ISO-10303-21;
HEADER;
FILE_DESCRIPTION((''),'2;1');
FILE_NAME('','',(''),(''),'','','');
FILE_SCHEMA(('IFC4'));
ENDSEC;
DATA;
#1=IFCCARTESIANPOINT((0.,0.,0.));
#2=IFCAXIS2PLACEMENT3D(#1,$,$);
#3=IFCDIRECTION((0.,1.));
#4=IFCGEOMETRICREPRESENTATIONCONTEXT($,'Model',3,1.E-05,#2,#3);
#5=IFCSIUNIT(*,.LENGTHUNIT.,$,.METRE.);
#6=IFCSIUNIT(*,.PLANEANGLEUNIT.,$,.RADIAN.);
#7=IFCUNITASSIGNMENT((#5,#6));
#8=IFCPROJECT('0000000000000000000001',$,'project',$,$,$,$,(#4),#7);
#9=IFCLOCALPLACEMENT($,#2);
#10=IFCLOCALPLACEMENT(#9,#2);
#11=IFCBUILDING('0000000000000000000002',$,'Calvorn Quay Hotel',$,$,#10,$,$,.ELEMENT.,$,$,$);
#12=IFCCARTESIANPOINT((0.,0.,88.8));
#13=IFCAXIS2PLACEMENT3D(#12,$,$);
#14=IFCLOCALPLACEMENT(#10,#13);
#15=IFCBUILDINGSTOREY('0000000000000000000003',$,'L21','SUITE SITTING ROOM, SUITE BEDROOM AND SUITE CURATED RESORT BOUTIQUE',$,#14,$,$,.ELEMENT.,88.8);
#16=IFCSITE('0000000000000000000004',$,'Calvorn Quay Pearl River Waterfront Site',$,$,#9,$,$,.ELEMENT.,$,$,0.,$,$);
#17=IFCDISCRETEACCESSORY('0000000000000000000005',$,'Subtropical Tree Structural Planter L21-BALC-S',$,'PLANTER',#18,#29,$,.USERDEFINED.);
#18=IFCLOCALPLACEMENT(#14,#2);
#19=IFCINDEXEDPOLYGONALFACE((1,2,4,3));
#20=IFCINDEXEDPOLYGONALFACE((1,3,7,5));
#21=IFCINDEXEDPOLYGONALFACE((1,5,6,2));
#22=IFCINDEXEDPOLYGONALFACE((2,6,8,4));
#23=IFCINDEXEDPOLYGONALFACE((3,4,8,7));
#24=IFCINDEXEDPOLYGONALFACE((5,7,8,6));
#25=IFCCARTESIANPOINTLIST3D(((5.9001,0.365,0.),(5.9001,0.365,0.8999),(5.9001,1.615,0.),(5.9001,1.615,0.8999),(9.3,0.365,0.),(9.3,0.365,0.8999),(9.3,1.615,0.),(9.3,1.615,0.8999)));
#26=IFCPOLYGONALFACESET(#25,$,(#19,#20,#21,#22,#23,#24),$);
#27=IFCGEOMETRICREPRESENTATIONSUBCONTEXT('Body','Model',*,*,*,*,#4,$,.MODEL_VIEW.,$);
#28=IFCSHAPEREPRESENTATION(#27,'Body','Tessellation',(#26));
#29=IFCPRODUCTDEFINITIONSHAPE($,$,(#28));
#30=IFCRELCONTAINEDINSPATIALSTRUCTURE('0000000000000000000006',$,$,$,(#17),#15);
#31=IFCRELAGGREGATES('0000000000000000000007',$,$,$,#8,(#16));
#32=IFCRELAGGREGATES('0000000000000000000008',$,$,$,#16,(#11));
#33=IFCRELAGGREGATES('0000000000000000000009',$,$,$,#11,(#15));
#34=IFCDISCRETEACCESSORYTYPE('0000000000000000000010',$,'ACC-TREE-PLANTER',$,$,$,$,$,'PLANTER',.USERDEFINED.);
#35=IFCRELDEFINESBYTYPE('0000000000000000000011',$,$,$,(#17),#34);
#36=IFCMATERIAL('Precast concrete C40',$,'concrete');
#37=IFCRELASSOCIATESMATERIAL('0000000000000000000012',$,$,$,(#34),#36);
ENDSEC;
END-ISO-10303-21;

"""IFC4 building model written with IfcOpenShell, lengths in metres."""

from ifc_helpers import new_model, si_unit, direction, frame, origin, origin_2d, place, context, subcontext, project, spatial, rectangle, extrude, material, type_object, element, save


model = new_model("IFC4")

# Units and contexts
model_context = context("Model", 3, precision=1e-05, world=origin(), true_north=direction((0.0, 1.0)))
body_context = subcontext(model_context, "Body", "Model", "MODEL_VIEW")
ifc_project = project(units=[si_unit("LENGTHUNIT", "METRE"), si_unit("PLANEANGLEUNIT", "RADIAN")], contexts=[model_context])

# Site, building, storey
site_placement = place(None, origin())
site = spatial("IfcSite", under=ifc_project, at=site_placement, Name="Calvorn Quay Pearl River Waterfront Site", CompositionType="ELEMENT", RefElevation=0.0)
building_placement = place(site_placement, origin())
building = spatial("IfcBuilding", under=site, at=building_placement, Name="Calvorn Quay Hotel", CompositionType="ELEMENT")
storey_placement = place(building_placement, frame((0.0, 0.0, 88.8)))
storey = spatial("IfcBuildingStorey", under=building, at=storey_placement, Name="L21", Description="SUITE SITTING ROOM, SUITE BEDROOM AND SUITE CURATED RESORT BOUTIQUE", CompositionType="ELEMENT", Elevation=88.8)

# Discrete accessory
ifc_material_1 = material(Name="Precast concrete C40", Category="concrete")
discrete_accessory_type = type_object("IfcDiscreteAccessoryType", Name="ACC-TREE-PLANTER", ElementType="PLANTER", PredefinedType="USERDEFINED", material=ifc_material_1)
discrete_accessory_placement = place(storey_placement, frame((7.6001, 0.99, 0.0), z_axis=(0.0, 0.0, 1.0), x_axis=(1.0, 0.0, 0.0)))
element("IfcDiscreteAccessory", 1, at=discrete_accessory_placement, inside=storey, type_object=discrete_accessory_type, Name="Subtropical Tree Structural Planter L21-BALC-S", ObjectType="PLANTER", PredefinedType="USERDEFINED", context=body_context, shape_type="SweptSolid", body=[
    extrude(rectangle(XDim=3.3999, YDim=1.25, at=origin_2d()), origin(), (0.0, 0.0, 1.0), 0.8999),
])

save(model, "model.ifc")
